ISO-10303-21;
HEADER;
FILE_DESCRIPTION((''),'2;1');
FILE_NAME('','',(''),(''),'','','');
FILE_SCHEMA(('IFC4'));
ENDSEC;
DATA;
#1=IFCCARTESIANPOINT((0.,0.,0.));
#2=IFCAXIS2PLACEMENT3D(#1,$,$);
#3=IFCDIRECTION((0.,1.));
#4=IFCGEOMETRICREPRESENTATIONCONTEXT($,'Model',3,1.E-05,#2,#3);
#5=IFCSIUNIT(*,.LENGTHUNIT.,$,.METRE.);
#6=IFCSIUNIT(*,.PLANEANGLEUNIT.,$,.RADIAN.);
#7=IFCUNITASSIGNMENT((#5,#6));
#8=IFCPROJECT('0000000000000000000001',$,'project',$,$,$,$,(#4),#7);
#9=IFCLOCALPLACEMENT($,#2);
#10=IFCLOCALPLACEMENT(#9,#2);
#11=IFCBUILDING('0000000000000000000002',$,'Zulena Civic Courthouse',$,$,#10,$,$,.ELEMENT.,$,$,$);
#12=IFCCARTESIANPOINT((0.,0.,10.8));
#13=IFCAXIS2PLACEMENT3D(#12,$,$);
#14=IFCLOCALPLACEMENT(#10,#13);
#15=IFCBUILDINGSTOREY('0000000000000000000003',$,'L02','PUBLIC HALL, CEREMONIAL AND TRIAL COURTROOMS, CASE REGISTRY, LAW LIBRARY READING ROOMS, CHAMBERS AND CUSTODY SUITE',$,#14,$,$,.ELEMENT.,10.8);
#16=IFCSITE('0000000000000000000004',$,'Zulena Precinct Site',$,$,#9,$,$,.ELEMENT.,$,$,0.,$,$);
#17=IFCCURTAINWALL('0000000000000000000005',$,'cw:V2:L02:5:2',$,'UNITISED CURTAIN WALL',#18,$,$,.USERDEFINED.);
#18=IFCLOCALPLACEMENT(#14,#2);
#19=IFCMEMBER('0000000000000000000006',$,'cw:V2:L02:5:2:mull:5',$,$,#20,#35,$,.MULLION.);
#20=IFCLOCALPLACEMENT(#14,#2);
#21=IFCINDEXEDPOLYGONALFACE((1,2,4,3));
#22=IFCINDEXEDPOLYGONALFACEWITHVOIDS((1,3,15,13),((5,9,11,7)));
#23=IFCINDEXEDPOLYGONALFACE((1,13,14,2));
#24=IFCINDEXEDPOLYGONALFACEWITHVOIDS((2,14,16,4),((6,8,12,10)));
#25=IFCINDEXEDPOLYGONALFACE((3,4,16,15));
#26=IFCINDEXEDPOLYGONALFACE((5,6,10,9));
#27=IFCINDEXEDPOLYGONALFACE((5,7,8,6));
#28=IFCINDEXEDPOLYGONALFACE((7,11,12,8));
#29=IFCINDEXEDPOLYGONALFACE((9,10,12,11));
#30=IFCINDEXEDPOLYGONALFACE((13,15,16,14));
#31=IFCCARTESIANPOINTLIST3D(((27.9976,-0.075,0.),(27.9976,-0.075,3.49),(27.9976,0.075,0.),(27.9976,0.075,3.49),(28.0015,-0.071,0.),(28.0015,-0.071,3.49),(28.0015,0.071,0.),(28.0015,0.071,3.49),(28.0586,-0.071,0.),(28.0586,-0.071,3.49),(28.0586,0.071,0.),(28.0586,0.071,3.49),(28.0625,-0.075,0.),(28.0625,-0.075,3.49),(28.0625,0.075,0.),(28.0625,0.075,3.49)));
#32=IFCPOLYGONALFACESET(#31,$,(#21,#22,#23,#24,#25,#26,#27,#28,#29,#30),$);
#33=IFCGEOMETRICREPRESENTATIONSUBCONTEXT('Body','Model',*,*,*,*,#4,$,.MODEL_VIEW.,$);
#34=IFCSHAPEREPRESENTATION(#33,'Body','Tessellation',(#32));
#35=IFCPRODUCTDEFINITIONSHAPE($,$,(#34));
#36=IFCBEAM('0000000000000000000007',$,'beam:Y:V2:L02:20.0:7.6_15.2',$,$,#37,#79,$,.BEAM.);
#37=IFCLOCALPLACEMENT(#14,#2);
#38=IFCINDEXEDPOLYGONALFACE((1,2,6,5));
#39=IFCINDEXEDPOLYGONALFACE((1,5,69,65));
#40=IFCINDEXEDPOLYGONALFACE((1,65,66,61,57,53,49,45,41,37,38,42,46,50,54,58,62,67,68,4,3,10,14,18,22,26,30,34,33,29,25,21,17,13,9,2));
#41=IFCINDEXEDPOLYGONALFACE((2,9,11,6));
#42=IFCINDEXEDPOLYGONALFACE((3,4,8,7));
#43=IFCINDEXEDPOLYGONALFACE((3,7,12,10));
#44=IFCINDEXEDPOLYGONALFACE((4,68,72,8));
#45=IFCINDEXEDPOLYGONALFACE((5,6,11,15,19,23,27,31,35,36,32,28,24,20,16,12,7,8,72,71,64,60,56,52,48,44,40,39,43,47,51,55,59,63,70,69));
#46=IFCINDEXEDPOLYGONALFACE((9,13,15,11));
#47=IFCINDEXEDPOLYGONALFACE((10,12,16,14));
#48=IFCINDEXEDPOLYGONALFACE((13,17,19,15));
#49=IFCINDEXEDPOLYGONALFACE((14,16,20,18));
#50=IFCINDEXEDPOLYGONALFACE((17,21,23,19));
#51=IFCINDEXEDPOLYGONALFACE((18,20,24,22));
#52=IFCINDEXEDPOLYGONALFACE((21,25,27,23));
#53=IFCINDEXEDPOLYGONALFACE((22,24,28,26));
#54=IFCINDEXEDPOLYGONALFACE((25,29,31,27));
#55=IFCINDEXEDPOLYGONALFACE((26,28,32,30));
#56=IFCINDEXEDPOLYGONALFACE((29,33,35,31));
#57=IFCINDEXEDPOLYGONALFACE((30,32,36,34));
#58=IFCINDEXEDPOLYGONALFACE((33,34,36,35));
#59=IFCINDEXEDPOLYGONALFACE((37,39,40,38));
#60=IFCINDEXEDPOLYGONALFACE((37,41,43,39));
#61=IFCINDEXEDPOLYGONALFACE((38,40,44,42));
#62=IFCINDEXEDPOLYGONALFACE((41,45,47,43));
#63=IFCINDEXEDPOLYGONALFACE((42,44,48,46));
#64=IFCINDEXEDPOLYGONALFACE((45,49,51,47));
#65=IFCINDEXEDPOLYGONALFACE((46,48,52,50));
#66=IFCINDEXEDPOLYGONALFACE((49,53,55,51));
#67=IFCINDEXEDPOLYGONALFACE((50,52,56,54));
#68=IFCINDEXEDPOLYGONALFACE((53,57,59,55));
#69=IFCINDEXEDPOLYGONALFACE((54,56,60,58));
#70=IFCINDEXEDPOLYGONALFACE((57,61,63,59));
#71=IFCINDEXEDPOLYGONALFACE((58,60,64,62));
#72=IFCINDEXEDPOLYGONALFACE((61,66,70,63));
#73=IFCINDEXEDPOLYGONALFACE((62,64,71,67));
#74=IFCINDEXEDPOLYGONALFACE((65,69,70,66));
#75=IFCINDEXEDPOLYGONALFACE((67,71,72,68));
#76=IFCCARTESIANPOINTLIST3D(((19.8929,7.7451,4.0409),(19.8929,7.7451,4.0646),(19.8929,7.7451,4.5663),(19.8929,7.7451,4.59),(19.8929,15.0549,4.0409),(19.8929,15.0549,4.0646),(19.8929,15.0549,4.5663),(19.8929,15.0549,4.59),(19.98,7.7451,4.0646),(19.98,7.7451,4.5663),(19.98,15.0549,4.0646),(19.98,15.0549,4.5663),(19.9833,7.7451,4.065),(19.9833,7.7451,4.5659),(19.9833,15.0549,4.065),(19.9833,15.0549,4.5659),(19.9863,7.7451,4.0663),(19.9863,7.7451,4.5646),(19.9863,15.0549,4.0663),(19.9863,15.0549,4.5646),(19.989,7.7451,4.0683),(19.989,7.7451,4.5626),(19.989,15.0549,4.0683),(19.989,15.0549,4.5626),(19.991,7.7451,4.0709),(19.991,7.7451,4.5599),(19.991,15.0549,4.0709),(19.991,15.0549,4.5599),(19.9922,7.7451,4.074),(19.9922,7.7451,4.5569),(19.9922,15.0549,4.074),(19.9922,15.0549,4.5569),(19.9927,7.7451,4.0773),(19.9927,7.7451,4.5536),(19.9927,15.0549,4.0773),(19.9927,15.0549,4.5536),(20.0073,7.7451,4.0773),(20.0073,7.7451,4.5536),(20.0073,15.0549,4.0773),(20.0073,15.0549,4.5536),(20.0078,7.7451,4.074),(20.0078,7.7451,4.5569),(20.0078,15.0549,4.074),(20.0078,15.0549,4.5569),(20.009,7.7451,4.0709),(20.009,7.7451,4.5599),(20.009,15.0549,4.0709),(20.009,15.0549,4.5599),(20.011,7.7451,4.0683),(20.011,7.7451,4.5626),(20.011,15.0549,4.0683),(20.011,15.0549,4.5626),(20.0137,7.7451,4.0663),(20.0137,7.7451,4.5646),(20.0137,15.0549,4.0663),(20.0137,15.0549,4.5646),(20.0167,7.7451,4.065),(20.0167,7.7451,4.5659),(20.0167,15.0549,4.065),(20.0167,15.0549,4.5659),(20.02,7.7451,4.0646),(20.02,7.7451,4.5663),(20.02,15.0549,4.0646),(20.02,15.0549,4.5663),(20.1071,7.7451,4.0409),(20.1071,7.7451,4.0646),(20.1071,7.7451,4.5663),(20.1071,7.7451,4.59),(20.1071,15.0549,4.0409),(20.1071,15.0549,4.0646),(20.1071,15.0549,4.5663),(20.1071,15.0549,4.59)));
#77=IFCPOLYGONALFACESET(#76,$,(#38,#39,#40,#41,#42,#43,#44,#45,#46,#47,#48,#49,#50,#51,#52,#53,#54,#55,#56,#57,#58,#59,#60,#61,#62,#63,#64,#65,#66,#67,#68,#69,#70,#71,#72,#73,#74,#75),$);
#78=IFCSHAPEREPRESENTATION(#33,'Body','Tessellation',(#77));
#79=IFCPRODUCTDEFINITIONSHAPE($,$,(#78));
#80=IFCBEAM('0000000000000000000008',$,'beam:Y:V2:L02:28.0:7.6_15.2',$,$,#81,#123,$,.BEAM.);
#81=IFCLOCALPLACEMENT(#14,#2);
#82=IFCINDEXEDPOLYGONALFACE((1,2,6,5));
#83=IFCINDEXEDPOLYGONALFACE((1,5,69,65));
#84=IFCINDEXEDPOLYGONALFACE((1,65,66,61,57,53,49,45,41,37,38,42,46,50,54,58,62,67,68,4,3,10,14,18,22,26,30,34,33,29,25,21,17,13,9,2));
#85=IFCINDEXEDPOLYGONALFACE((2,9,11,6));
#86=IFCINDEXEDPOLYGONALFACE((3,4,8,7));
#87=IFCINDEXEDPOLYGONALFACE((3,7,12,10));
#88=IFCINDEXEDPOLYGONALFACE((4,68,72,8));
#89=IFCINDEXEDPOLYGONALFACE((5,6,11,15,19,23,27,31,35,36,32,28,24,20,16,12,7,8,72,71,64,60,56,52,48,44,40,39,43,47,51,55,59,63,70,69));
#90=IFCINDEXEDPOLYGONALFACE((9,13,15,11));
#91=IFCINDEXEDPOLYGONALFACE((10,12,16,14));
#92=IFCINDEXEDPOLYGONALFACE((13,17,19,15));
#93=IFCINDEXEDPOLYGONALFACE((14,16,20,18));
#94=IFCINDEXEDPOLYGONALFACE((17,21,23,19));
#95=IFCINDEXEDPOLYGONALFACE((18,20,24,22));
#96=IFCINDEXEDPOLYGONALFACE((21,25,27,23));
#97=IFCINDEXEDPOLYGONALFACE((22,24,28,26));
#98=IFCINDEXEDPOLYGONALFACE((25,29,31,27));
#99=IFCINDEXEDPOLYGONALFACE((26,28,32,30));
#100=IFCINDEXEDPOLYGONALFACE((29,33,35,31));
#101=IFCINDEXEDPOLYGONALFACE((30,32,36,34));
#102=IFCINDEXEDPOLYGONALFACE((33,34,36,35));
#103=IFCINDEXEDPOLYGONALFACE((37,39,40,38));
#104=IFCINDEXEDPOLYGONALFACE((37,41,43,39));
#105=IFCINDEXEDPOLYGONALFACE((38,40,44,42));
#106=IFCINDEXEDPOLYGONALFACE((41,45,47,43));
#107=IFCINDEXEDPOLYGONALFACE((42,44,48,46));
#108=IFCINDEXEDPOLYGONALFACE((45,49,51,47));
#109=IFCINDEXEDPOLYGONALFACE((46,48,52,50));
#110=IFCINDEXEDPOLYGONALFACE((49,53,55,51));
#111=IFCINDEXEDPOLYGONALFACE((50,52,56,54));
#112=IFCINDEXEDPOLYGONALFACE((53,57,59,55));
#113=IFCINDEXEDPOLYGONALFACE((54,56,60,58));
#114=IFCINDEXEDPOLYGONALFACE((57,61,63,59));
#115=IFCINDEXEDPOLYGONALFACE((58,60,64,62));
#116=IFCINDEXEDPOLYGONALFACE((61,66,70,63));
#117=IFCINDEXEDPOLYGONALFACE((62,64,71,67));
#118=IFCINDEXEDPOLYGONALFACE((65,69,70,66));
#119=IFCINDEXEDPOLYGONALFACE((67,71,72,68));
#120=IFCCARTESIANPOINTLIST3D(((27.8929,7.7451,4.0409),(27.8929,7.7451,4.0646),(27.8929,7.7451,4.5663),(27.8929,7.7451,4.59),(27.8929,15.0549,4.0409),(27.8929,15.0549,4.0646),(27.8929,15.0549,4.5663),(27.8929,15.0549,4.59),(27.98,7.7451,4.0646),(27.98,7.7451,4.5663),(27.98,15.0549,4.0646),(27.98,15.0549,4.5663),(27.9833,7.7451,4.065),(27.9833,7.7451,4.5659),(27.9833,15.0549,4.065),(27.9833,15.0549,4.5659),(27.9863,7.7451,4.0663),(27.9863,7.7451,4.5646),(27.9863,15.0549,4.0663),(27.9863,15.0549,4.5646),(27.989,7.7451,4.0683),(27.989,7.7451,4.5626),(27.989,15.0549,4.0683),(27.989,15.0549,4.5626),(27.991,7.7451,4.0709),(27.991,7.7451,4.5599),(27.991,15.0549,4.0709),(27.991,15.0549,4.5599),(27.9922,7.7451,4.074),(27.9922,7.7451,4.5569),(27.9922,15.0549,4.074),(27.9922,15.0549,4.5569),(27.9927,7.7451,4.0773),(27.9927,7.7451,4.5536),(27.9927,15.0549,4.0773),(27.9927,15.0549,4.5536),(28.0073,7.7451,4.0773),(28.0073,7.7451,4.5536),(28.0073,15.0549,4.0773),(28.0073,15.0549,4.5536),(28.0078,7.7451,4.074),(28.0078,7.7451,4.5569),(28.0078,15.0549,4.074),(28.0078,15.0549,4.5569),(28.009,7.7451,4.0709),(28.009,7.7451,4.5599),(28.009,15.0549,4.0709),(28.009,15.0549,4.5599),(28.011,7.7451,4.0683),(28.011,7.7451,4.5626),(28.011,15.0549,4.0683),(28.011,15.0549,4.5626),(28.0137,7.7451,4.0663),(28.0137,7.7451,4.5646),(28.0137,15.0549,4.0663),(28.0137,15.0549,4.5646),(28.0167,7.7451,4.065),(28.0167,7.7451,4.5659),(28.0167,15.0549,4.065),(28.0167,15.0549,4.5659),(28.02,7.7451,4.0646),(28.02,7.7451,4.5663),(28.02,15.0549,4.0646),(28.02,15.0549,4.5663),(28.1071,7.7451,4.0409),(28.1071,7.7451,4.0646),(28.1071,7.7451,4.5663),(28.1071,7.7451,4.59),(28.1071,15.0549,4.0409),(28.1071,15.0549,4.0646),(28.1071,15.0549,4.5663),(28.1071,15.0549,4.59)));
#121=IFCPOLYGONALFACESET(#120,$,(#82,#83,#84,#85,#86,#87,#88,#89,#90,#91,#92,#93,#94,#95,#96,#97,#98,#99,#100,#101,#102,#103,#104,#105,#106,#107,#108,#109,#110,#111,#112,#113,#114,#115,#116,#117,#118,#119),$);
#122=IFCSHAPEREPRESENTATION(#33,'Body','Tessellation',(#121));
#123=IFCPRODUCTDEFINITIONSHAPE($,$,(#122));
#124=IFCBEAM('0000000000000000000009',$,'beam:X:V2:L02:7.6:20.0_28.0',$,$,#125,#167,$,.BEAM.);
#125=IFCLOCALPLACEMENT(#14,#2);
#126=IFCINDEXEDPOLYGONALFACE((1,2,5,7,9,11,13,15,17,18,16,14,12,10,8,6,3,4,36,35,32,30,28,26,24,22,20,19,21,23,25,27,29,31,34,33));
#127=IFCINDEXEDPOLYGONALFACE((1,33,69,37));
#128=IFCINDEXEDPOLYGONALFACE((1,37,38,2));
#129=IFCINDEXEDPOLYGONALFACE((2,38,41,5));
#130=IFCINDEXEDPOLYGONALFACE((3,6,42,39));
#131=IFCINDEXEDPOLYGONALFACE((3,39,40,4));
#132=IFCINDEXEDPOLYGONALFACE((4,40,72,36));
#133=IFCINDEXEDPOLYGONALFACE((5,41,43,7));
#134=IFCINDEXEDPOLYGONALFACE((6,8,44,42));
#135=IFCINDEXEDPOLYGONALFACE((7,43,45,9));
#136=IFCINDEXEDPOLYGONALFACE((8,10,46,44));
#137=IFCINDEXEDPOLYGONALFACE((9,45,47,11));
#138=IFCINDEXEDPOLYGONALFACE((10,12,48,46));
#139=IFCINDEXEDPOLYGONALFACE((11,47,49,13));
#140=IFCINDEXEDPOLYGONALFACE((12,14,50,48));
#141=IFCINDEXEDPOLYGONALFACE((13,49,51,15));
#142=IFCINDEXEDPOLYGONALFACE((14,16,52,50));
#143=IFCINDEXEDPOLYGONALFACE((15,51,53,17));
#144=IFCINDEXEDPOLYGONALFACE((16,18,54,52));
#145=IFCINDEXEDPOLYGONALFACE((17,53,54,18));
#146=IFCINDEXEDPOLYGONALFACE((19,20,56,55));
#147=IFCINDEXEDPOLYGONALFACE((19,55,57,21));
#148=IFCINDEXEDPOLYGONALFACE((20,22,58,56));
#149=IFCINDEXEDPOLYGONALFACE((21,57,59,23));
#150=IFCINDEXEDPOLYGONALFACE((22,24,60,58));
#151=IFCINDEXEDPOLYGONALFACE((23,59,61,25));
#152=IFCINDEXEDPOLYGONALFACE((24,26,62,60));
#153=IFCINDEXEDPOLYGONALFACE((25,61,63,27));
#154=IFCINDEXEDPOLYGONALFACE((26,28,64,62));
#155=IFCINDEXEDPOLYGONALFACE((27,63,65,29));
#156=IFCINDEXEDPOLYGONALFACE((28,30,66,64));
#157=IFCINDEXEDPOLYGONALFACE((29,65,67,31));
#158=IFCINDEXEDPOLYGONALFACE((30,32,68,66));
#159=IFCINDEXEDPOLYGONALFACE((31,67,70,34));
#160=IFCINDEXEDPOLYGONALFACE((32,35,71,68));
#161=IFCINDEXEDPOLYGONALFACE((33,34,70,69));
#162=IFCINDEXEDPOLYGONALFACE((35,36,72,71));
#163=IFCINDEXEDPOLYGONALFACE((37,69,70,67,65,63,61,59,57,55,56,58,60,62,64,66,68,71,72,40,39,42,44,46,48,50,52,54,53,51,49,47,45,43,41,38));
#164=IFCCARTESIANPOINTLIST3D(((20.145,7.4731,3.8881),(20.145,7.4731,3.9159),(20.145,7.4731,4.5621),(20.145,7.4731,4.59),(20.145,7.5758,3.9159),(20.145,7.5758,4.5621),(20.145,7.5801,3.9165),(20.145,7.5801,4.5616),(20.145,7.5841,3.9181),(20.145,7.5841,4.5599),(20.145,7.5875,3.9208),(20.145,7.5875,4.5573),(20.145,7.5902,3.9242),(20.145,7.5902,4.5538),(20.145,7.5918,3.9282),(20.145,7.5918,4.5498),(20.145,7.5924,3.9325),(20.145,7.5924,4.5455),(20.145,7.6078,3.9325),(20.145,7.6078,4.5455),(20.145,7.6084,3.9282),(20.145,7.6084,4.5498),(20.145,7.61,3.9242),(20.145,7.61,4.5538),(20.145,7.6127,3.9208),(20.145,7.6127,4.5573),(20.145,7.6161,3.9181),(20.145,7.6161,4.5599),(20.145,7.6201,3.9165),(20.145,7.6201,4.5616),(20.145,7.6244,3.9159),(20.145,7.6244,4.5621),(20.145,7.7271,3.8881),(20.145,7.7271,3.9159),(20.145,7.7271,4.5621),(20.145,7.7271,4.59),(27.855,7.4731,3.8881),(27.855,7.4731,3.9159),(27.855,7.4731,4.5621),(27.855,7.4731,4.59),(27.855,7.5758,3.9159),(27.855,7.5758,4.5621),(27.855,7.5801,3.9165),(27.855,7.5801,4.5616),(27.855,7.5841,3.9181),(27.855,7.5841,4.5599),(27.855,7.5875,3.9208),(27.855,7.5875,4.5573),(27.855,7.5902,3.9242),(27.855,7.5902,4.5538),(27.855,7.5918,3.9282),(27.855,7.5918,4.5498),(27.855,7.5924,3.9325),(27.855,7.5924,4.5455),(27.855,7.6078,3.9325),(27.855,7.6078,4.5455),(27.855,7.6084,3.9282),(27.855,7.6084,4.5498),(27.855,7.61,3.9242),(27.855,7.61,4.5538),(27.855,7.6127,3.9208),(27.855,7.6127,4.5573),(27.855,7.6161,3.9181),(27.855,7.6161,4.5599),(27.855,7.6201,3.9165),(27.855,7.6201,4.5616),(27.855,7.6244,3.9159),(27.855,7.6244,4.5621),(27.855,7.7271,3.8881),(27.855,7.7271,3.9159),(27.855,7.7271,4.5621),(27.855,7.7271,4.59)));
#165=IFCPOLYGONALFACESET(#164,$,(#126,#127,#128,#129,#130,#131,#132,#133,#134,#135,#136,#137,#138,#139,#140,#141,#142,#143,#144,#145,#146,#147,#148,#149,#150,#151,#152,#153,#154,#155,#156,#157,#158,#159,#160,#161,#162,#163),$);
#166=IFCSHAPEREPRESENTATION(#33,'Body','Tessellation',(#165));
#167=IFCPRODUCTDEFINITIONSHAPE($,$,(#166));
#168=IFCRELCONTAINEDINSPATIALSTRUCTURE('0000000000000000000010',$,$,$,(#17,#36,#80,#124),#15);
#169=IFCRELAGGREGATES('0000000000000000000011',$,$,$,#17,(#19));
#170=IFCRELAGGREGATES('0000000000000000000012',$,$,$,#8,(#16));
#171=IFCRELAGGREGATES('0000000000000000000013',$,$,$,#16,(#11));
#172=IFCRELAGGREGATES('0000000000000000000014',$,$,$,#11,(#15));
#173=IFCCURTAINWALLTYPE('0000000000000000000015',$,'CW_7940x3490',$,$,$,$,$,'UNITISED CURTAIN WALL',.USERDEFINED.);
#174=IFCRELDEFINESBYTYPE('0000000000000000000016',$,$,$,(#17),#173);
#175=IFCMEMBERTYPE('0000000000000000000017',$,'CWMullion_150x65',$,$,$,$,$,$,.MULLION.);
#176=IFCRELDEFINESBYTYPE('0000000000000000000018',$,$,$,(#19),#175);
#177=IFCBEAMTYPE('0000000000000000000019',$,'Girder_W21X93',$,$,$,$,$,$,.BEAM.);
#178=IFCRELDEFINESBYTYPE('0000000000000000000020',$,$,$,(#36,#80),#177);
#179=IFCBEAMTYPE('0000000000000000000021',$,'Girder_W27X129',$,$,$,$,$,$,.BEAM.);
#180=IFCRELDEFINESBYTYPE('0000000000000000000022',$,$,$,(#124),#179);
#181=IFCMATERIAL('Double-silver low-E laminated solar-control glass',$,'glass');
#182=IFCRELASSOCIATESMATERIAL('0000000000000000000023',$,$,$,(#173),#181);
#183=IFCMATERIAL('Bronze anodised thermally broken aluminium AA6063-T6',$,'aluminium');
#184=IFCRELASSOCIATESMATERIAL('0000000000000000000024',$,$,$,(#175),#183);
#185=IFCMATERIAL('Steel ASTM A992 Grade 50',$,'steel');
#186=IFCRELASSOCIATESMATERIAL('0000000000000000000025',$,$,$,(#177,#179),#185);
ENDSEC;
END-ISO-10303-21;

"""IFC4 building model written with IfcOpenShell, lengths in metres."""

from ifc_helpers import new_model, si_unit, direction, frame, origin, origin_2d, place, context, subcontext, project, spatial, hollow_rectangle, i_section, extrude, material, material_profile, profile_set, type_object, element, aggregate, save


model = new_model("IFC4")

# Units and contexts
model_context = context("Model", 3, precision=1e-05, world=origin(), true_north=direction((0.0, 1.0)))
body_context = subcontext(model_context, "Body", "Model", "MODEL_VIEW")
ifc_project = project(units=[si_unit("LENGTHUNIT", "METRE"), si_unit("PLANEANGLEUNIT", "RADIAN")], contexts=[model_context])

# Site, building, storey
site_placement = place(None, origin())
site = spatial("IfcSite", under=ifc_project, at=site_placement, Name="Zulena Precinct Site", CompositionType="ELEMENT", RefElevation=0.0)
building_placement = place(site_placement, origin())
building = spatial("IfcBuilding", under=site, at=building_placement, Name="Zulena Civic Courthouse", CompositionType="ELEMENT")
storey_placement = place(building_placement, frame((0.0, 0.0, 10.8)))
storey = spatial("IfcBuildingStorey", under=building, at=storey_placement, Name="L02", Description="PUBLIC HALL, CEREMONIAL AND TRIAL COURTROOMS, CASE REGISTRY, LAW LIBRARY READING ROOMS, CHAMBERS AND CUSTODY SUITE", CompositionType="ELEMENT", Elevation=10.8)

# Shared definitions
ifc_material_1 = material(Name="Steel ASTM A992 Grade 50", Category="steel")

# Curtain wall, member
ifc_material_2 = material(Name="Double-silver low-E laminated solar-control glass", Category="glass")
curtain_wall_type = type_object("IfcCurtainWallType", Name="CW_7940x3490", ElementType="UNITISED CURTAIN WALL", PredefinedType="USERDEFINED", material=ifc_material_2)
curtain_wall_placement = place(storey_placement, origin())
curtain_wall = element("IfcCurtainWall", 1, at=curtain_wall_placement, inside=storey, type_object=curtain_wall_type, Name="cw:V2:L02:5:2", ObjectType="UNITISED CURTAIN WALL", PredefinedType="USERDEFINED")
ifc_material_3 = material(Name="Bronze anodised thermally broken aluminium AA6063-T6", Category="aluminium")
ifc_material_profile_1 = material_profile(ifc_material_3, hollow_rectangle(XDim=0.0649, YDim=0.1499, WallThickness=0.0039, at=origin_2d()), Name="CWM150X65X4")
ifc_profile_set_1 = profile_set([ifc_material_profile_1], Name="Bronze anodised thermally broken aluminium AA6063-T6")
member_type = type_object("IfcMemberType", Name="CWMullion_150x65", PredefinedType="MULLION", material=ifc_profile_set_1)
member_1_placement = place(storey_placement, frame((28.03, 0.0, 0.0), z_axis=(0.0, 0.0, 1.0), x_axis=(1.0, 0.0, 0.0)))
member_1 = element("IfcMember", 2, at=member_1_placement, type_object=member_type, Name="cw:V2:L02:5:2:mull:5", PredefinedType="MULLION", context=body_context, shape_type="SweptSolid", body=[
    extrude(hollow_rectangle(XDim=0.0649, YDim=0.1499, WallThickness=0.0039, at=origin_2d()), origin(), (0.0, 0.0, 1.0), 3.49),
])

# Beams
ifc_material_profile_2 = material_profile(ifc_material_1, i_section(OverallWidth=0.2141, OverallDepth=0.5491, WebThickness=0.0146, FlangeThickness=0.0237, FilletRadius=0.0127, at=origin_2d()), Name="W21X93")
ifc_profile_set_2 = profile_set([ifc_material_profile_2], Name="Steel ASTM A992 Grade 50")
beam_type_1 = type_object("IfcBeamType", Name="Girder_W21X93", PredefinedType="BEAM", material=ifc_profile_set_2)
for number, where, z_axis, x_axis, name in (
    (3, (20.0, 7.7451, 4.3154), (0.0, 1.0, 0.0), (-1.0, 0.0, 0.0), "beam:Y:V2:L02:20.0:7.6_15.2"),
    (4, (28.0, 7.7451, 4.3154), (0.0, 1.0, 0.0), (-1.0, 0.0, 0.0), "beam:Y:V2:L02:28.0:7.6_15.2"),
):
    element("IfcBeam", number, at=place(storey_placement, frame(where, z_axis=z_axis, x_axis=x_axis)), inside=storey, type_object=beam_type_1, Name=name, PredefinedType="BEAM", context=body_context, shape_type="SweptSolid", body=[
        extrude(i_section(OverallWidth=0.2141, OverallDepth=0.5491, WebThickness=0.0146, FlangeThickness=0.0237, FilletRadius=0.0127, at=origin_2d()), origin(), (0.0, 0.0, 1.0), 7.3098),
    ])
ifc_material_profile_3 = material_profile(ifc_material_1, i_section(OverallWidth=0.2539, OverallDepth=0.7019, WebThickness=0.0154, FlangeThickness=0.0278, FilletRadius=0.0166, at=origin_2d()), Name="W27X129")
ifc_profile_set_3 = profile_set([ifc_material_profile_3], Name="Steel ASTM A992 Grade 50")
beam_type_2 = type_object("IfcBeamType", Name="Girder_W27X129", PredefinedType="BEAM", material=ifc_profile_set_3)
for number, where, z_axis, x_axis, name in (
    (5, (20.145, 7.6001, 4.239), (1.0, 0.0, 0.0), (0.0, 1.0, 0.0), "beam:X:V2:L02:7.6:20.0_28.0"),
):
    element("IfcBeam", number, at=place(storey_placement, frame(where, z_axis=z_axis, x_axis=x_axis)), inside=storey, type_object=beam_type_2, Name=name, PredefinedType="BEAM", context=body_context, shape_type="SweptSolid", body=[
        extrude(i_section(OverallWidth=0.2539, OverallDepth=0.7019, WebThickness=0.0154, FlangeThickness=0.0278, FilletRadius=0.0166, at=origin_2d()), origin(), (0.0, 0.0, 1.0), 7.71),
    ])

aggregate(curtain_wall, [member_1])

save(model, "model.ifc")
